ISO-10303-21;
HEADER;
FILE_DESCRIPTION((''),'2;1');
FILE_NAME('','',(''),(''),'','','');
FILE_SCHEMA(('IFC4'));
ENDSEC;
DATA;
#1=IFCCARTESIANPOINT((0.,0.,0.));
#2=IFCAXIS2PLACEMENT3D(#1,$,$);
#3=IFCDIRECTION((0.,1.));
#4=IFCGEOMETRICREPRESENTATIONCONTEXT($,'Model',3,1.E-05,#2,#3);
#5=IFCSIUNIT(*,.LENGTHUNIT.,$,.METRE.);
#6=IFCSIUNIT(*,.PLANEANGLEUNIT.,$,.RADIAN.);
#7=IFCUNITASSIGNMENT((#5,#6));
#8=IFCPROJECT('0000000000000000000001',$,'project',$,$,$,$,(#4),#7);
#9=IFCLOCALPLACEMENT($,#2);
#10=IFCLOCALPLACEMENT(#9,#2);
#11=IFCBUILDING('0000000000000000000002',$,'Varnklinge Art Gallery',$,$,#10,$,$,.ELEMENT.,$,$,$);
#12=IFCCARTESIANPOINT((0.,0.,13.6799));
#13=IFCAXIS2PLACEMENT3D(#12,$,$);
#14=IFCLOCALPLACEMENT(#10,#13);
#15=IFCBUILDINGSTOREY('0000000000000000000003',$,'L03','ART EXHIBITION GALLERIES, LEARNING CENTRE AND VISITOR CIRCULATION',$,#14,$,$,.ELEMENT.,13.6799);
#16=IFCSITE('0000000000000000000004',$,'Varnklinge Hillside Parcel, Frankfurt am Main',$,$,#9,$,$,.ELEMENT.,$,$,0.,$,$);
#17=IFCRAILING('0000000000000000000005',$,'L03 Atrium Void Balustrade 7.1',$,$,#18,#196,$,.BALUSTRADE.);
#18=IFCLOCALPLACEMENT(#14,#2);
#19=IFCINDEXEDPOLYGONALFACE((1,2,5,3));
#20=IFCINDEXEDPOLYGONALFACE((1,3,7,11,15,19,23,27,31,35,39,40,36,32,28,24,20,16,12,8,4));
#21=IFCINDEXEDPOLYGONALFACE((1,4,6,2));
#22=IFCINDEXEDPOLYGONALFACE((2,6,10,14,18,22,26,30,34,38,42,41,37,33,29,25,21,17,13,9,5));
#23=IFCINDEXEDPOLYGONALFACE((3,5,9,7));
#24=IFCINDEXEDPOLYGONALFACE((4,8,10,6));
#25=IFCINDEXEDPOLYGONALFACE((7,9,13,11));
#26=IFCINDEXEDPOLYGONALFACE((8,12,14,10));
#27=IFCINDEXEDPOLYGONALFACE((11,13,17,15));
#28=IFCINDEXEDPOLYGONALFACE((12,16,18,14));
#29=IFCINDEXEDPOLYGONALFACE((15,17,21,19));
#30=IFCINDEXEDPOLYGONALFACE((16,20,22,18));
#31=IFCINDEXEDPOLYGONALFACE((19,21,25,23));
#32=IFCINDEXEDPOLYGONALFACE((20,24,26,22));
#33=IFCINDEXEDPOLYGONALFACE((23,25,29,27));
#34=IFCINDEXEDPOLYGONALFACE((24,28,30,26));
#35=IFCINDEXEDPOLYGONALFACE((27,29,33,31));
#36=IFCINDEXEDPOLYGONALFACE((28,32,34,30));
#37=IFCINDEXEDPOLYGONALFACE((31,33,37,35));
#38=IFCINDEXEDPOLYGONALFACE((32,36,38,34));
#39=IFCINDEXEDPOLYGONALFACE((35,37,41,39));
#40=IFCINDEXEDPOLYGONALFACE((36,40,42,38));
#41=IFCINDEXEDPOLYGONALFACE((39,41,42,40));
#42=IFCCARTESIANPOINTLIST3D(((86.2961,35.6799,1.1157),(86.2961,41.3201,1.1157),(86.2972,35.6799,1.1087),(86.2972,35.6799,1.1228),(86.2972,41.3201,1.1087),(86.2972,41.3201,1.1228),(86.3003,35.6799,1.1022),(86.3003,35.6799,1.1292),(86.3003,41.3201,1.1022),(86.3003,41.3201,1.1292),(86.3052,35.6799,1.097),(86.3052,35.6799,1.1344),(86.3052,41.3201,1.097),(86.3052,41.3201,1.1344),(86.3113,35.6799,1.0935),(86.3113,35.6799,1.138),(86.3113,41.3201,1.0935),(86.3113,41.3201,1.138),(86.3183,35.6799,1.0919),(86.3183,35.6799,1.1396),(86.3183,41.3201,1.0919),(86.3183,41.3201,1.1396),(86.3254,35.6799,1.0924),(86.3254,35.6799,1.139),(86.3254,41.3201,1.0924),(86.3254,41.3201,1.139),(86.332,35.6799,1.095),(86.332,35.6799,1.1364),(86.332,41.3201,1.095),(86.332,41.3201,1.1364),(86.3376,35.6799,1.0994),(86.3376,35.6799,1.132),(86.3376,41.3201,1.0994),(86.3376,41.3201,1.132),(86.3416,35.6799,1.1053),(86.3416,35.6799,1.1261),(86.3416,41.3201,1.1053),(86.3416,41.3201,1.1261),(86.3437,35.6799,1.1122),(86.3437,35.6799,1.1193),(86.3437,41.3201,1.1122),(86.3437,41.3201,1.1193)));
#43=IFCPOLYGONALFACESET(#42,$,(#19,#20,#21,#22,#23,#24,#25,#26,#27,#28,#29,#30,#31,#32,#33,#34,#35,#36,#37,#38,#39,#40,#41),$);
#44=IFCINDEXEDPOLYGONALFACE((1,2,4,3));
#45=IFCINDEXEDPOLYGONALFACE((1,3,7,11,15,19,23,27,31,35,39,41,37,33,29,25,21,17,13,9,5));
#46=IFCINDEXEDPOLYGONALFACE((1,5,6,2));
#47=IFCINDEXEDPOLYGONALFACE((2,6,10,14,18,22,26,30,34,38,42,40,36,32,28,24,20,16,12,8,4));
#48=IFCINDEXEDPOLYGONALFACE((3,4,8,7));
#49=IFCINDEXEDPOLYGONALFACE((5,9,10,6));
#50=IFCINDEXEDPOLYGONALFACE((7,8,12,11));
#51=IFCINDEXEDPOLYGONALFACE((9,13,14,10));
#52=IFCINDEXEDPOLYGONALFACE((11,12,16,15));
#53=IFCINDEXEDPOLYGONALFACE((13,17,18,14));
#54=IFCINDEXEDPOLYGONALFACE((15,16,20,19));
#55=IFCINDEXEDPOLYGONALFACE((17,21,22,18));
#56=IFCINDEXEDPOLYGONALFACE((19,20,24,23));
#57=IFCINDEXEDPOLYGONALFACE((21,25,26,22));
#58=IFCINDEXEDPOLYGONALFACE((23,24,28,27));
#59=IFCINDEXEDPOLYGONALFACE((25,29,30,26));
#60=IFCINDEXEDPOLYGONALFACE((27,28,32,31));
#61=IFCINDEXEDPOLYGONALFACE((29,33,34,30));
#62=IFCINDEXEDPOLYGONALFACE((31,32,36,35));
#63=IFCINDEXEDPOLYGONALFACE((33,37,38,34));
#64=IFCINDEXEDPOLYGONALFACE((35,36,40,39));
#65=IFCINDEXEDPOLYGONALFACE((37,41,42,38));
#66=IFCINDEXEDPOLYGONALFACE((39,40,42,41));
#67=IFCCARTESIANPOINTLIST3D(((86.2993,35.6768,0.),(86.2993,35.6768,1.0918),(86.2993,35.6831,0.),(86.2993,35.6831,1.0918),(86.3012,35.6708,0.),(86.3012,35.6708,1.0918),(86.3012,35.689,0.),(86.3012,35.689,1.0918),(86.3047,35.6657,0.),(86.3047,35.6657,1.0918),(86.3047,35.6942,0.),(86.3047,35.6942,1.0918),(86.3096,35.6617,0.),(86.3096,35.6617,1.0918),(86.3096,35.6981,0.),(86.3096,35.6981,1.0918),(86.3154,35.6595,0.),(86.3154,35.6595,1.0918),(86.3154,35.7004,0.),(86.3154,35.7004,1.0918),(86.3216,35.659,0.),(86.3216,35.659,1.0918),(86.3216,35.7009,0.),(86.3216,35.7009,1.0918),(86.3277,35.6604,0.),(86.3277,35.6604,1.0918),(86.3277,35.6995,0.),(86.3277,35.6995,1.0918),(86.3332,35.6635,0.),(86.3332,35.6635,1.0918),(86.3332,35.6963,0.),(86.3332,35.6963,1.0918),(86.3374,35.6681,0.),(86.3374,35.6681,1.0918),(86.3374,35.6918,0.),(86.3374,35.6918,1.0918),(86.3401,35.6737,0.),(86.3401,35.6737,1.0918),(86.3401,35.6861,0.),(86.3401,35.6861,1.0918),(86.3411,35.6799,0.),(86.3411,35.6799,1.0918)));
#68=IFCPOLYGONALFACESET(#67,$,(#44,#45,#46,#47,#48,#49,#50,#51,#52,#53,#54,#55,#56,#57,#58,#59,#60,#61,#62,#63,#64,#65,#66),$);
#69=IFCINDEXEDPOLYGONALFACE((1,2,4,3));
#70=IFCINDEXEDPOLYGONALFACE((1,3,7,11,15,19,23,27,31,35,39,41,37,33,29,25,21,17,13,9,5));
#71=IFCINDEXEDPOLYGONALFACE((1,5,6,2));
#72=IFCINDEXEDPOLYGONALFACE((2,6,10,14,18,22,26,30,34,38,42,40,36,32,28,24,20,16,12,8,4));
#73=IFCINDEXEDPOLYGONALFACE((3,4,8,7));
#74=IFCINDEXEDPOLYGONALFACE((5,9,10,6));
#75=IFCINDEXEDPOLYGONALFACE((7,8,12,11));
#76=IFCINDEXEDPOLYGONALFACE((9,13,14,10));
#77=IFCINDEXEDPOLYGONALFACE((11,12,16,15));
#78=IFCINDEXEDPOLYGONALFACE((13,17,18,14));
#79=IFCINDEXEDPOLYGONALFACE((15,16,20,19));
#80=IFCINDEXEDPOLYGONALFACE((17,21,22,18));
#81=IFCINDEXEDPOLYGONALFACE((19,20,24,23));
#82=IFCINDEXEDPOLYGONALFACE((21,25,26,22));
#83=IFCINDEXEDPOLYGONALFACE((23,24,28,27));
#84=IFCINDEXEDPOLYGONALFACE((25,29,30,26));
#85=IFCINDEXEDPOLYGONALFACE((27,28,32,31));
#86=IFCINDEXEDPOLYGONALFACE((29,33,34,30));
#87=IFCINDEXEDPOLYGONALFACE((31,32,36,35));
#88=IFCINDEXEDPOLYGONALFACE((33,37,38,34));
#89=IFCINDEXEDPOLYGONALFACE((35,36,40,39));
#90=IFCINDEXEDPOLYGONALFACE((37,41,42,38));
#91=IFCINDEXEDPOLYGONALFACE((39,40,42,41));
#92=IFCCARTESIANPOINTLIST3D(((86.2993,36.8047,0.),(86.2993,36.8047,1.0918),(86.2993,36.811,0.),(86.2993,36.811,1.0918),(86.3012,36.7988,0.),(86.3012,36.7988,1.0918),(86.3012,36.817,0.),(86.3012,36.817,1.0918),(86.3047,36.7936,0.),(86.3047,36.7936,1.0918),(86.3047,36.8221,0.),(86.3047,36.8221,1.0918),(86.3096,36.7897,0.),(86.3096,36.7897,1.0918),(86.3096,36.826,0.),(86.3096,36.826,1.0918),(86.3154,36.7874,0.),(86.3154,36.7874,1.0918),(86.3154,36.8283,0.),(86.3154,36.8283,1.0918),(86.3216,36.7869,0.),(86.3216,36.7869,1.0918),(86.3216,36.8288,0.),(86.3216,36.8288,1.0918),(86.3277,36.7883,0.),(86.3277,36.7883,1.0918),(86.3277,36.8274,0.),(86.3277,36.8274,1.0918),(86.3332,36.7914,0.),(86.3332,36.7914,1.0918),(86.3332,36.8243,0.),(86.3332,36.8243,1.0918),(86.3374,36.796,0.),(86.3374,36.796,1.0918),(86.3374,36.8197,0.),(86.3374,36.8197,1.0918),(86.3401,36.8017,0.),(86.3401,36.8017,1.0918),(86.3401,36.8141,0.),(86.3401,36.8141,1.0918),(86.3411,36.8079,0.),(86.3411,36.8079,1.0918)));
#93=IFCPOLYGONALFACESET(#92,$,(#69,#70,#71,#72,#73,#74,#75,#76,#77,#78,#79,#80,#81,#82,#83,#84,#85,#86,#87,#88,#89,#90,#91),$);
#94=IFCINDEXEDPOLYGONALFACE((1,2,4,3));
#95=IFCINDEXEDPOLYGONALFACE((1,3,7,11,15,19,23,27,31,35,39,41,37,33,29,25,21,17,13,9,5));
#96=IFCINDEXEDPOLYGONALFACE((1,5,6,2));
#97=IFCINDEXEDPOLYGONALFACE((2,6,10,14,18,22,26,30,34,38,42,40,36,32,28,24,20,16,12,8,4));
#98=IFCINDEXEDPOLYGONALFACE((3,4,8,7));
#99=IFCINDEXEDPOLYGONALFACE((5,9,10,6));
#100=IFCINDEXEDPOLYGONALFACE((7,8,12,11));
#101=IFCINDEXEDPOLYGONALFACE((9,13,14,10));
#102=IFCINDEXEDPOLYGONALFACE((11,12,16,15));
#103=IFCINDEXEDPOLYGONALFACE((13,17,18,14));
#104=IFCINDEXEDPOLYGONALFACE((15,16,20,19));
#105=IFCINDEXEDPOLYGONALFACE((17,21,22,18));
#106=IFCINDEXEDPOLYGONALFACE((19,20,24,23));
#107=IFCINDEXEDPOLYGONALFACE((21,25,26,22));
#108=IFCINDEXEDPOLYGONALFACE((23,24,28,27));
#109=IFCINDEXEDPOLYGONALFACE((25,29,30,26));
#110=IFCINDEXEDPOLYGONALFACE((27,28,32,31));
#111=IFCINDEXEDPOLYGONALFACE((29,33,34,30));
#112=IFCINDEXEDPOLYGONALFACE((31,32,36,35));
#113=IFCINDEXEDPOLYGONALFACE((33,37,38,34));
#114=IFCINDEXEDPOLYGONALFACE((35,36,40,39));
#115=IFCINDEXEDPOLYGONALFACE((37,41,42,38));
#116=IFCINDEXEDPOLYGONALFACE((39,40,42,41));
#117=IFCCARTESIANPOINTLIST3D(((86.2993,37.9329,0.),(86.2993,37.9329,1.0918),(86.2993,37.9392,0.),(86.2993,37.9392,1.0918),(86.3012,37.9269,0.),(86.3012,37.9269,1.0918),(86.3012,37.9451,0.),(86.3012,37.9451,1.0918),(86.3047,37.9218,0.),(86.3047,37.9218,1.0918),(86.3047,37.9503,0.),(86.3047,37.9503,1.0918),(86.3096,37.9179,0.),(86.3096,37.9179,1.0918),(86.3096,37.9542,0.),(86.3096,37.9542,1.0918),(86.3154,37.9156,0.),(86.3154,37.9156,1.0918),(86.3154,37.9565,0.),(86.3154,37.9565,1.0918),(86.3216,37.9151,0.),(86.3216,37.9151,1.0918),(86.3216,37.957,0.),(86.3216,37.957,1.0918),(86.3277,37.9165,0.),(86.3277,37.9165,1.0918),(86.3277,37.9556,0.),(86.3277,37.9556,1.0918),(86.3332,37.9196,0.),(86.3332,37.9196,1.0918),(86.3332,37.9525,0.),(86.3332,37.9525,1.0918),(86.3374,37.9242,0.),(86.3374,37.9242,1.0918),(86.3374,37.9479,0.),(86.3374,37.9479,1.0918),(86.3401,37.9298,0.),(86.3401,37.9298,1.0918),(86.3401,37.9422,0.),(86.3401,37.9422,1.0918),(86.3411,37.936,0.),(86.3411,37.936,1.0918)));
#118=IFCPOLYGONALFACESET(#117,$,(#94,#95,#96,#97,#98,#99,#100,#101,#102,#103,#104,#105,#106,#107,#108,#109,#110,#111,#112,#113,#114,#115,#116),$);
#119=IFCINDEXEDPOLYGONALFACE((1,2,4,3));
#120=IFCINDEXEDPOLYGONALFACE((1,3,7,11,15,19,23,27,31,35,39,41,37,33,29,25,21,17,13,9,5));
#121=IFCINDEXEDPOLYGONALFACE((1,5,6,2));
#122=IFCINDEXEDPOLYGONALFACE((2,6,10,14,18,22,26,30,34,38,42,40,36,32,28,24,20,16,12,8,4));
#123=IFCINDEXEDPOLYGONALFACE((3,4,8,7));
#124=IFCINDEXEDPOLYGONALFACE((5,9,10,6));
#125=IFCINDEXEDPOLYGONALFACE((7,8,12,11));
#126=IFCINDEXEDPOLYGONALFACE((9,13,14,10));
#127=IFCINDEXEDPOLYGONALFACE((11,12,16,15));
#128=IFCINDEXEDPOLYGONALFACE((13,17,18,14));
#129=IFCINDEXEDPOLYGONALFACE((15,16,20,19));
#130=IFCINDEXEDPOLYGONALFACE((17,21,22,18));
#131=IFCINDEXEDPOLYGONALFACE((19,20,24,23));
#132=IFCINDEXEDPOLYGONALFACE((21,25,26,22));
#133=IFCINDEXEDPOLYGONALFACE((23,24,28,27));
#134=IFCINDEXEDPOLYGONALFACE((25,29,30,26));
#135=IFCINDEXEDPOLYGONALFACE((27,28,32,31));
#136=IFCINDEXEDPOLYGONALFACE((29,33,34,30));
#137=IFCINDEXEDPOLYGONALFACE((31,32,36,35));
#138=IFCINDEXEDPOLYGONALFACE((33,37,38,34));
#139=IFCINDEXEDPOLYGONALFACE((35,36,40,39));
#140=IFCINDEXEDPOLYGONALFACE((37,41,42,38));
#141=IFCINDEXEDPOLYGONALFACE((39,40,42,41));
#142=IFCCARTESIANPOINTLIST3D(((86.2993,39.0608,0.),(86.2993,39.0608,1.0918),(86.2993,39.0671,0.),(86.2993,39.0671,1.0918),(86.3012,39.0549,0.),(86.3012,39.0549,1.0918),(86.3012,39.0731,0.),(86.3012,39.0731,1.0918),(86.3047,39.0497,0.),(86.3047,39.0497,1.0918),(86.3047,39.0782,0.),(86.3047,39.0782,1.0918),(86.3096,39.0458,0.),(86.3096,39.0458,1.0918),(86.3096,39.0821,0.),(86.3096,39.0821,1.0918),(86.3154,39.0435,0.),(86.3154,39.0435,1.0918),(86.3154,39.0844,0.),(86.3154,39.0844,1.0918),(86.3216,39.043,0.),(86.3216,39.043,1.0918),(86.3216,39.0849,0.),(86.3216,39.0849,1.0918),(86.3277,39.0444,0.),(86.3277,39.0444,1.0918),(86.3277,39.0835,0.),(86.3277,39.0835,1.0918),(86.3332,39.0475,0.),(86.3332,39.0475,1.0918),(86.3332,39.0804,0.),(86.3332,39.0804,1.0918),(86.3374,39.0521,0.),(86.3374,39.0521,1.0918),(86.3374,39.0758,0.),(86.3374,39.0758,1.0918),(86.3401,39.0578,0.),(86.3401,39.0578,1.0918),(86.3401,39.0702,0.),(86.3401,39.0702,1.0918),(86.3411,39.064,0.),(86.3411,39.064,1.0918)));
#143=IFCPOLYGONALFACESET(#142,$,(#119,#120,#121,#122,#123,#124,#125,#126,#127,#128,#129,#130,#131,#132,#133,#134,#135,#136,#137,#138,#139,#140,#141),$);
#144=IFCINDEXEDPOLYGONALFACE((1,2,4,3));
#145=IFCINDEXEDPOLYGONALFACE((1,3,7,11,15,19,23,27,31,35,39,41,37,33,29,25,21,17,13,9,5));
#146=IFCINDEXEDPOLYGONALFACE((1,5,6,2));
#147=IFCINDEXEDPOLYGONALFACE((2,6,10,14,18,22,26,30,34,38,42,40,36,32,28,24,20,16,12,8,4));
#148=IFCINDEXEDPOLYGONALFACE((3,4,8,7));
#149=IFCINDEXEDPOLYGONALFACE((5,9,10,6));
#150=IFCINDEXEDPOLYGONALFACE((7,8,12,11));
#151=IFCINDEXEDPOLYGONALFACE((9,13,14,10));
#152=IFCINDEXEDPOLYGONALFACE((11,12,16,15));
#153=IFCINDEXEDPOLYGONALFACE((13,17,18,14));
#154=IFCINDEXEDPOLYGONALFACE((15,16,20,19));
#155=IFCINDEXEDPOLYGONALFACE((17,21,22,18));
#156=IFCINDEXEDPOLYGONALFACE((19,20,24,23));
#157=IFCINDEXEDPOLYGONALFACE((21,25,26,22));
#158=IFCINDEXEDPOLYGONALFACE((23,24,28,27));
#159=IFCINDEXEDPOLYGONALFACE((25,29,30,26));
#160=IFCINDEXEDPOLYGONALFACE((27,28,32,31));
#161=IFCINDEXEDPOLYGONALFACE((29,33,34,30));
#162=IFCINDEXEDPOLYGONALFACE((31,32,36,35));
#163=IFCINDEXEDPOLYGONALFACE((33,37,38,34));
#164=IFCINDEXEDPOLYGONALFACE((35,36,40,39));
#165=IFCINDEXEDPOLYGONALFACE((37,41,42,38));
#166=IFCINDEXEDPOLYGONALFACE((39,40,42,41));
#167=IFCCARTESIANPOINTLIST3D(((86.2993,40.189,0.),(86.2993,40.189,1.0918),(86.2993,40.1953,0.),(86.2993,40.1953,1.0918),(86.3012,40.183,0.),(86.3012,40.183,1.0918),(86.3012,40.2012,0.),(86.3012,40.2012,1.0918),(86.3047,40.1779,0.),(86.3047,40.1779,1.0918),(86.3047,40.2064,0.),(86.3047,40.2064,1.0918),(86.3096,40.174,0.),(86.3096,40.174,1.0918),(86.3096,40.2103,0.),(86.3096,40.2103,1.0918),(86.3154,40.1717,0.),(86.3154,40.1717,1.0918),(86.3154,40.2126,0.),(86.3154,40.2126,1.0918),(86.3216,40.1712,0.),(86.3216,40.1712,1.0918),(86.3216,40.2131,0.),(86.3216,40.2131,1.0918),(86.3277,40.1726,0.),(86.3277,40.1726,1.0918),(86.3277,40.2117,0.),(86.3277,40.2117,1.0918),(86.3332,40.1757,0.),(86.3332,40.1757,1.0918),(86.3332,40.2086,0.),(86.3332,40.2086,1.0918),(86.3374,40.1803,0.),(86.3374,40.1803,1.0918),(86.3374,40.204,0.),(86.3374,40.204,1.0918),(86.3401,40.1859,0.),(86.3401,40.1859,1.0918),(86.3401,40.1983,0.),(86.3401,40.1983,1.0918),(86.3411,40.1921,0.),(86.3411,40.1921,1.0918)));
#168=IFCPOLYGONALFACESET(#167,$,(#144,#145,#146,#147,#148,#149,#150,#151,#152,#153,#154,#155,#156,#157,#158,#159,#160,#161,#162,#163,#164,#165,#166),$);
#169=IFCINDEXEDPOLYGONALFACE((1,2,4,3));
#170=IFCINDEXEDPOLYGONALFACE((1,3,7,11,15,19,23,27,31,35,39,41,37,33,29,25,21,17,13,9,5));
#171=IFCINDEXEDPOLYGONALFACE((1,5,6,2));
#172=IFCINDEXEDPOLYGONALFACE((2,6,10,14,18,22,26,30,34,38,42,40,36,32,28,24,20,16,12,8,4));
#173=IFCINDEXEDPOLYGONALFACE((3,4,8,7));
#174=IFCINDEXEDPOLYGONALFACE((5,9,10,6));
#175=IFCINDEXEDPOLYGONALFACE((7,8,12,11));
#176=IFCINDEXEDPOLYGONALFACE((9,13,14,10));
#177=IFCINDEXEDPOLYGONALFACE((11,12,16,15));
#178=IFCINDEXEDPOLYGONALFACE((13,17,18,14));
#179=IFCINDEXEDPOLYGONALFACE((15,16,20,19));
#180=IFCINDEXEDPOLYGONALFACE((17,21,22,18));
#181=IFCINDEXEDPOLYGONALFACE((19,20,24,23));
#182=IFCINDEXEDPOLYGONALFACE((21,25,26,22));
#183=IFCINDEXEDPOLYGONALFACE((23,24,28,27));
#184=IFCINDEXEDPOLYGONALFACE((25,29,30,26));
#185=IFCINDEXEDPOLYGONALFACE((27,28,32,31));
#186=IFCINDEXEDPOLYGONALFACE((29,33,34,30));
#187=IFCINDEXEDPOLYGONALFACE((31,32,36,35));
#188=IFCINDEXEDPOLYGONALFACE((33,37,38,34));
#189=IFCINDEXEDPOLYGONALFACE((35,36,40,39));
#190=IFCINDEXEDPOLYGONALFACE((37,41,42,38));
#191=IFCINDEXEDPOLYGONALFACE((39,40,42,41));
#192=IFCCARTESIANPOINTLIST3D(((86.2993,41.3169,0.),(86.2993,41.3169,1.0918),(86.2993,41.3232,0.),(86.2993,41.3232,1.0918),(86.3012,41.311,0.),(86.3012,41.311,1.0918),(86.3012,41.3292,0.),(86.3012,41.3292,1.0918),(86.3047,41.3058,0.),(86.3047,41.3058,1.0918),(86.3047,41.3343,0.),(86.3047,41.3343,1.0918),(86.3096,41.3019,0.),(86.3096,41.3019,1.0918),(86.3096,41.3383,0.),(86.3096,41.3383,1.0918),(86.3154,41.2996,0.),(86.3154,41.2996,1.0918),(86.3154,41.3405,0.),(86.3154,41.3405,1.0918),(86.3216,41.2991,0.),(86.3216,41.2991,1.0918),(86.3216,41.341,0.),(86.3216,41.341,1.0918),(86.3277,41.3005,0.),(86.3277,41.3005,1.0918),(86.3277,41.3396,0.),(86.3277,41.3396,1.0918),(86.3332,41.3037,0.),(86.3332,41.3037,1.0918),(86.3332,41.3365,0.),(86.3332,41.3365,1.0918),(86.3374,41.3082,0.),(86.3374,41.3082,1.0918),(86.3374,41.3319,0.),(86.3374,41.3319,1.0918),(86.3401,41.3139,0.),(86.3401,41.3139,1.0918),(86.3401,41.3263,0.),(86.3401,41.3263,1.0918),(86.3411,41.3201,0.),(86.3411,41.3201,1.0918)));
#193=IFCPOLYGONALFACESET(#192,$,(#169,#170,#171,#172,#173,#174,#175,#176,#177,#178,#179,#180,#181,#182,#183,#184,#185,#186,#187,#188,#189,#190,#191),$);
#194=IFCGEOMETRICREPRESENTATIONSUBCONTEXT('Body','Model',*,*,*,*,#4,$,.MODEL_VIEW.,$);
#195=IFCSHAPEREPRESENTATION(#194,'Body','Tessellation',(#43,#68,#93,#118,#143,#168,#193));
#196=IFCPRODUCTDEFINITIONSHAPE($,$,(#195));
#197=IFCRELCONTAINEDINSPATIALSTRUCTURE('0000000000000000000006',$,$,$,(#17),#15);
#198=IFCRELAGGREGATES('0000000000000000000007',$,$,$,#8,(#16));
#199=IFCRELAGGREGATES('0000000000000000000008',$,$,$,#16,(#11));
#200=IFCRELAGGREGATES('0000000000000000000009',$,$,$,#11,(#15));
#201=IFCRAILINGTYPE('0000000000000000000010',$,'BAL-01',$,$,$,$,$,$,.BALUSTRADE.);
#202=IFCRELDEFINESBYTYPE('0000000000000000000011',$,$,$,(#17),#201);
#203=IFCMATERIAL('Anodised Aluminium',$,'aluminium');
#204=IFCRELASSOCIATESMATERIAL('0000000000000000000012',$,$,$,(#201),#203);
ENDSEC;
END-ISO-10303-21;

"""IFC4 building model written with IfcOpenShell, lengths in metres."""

from ifc_helpers import new_model, si_unit, direction, frame, origin, origin_2d, place, context, subcontext, project, spatial, circle, extrude, material, type_object, element, save


model = new_model("IFC4")

# Units and contexts
model_context = context("Model", 3, precision=1e-05, world=origin(), true_north=direction((0.0, 1.0)))
body_context = subcontext(model_context, "Body", "Model", "MODEL_VIEW")
ifc_project = project(units=[si_unit("LENGTHUNIT", "METRE"), si_unit("PLANEANGLEUNIT", "RADIAN")], contexts=[model_context])

# Site, building, storey
site_placement = place(None, origin())
site = spatial("IfcSite", under=ifc_project, at=site_placement, Name="Varnklinge Hillside Parcel, Frankfurt am Main", CompositionType="ELEMENT", RefElevation=0.0)
building_placement = place(site_placement, origin())
building = spatial("IfcBuilding", under=site, at=building_placement, Name="Varnklinge Art Gallery", CompositionType="ELEMENT")
storey_placement = place(building_placement, frame((0.0, 0.0, 13.6799)))
storey = spatial("IfcBuildingStorey", under=building, at=storey_placement, Name="L03", Description="ART EXHIBITION GALLERIES, LEARNING CENTRE AND VISITOR CIRCULATION", CompositionType="ELEMENT", Elevation=13.6799)

# Railing
ifc_material_1 = material(Name="Anodised Aluminium", Category="aluminium")
railing_type = type_object("IfcRailingType", Name="BAL-01", PredefinedType="BALUSTRADE", material=ifc_material_1)
railing_1_placement = place(storey_placement, frame((86.3201, 35.6799, 0.0)))
element("IfcRailing", 1, at=railing_1_placement, inside=storey, type_object=railing_type, Name="L03 Atrium Void Balustrade 7.1", PredefinedType="BALUSTRADE", context=body_context, shape_type="SweptSolid", body=[
    extrude(circle(Radius=0.0239, at=origin_2d()), frame((0.0, 0.0, 1.1157), z_axis=(0.0, 1.0, 0.0), x_axis=(-1.0, 0.0, 0.0)), (0.0, 0.0, 1.0), 5.6401),
    extrude(circle(Radius=0.021, at=origin_2d()), origin(), (0.0, 0.0, 1.0), 1.0918),
    extrude(circle(Radius=0.021, at=origin_2d()), frame((0.0, 1.1279, 0.0)), (0.0, 0.0, 1.0), 1.0918),
    extrude(circle(Radius=0.021, at=origin_2d()), frame((0.0, 2.2561, 0.0)), (0.0, 0.0, 1.0), 1.0918),
    extrude(circle(Radius=0.021, at=origin_2d()), frame((0.0, 3.384, 0.0)), (0.0, 0.0, 1.0), 1.0918),
    extrude(circle(Radius=0.021, at=origin_2d()), frame((0.0, 4.5122, 0.0)), (0.0, 0.0, 1.0), 1.0918),
    extrude(circle(Radius=0.021, at=origin_2d()), frame((0.0, 5.6401, 0.0)), (0.0, 0.0, 1.0), 1.0918),
])

save(model, "model.ifc")
